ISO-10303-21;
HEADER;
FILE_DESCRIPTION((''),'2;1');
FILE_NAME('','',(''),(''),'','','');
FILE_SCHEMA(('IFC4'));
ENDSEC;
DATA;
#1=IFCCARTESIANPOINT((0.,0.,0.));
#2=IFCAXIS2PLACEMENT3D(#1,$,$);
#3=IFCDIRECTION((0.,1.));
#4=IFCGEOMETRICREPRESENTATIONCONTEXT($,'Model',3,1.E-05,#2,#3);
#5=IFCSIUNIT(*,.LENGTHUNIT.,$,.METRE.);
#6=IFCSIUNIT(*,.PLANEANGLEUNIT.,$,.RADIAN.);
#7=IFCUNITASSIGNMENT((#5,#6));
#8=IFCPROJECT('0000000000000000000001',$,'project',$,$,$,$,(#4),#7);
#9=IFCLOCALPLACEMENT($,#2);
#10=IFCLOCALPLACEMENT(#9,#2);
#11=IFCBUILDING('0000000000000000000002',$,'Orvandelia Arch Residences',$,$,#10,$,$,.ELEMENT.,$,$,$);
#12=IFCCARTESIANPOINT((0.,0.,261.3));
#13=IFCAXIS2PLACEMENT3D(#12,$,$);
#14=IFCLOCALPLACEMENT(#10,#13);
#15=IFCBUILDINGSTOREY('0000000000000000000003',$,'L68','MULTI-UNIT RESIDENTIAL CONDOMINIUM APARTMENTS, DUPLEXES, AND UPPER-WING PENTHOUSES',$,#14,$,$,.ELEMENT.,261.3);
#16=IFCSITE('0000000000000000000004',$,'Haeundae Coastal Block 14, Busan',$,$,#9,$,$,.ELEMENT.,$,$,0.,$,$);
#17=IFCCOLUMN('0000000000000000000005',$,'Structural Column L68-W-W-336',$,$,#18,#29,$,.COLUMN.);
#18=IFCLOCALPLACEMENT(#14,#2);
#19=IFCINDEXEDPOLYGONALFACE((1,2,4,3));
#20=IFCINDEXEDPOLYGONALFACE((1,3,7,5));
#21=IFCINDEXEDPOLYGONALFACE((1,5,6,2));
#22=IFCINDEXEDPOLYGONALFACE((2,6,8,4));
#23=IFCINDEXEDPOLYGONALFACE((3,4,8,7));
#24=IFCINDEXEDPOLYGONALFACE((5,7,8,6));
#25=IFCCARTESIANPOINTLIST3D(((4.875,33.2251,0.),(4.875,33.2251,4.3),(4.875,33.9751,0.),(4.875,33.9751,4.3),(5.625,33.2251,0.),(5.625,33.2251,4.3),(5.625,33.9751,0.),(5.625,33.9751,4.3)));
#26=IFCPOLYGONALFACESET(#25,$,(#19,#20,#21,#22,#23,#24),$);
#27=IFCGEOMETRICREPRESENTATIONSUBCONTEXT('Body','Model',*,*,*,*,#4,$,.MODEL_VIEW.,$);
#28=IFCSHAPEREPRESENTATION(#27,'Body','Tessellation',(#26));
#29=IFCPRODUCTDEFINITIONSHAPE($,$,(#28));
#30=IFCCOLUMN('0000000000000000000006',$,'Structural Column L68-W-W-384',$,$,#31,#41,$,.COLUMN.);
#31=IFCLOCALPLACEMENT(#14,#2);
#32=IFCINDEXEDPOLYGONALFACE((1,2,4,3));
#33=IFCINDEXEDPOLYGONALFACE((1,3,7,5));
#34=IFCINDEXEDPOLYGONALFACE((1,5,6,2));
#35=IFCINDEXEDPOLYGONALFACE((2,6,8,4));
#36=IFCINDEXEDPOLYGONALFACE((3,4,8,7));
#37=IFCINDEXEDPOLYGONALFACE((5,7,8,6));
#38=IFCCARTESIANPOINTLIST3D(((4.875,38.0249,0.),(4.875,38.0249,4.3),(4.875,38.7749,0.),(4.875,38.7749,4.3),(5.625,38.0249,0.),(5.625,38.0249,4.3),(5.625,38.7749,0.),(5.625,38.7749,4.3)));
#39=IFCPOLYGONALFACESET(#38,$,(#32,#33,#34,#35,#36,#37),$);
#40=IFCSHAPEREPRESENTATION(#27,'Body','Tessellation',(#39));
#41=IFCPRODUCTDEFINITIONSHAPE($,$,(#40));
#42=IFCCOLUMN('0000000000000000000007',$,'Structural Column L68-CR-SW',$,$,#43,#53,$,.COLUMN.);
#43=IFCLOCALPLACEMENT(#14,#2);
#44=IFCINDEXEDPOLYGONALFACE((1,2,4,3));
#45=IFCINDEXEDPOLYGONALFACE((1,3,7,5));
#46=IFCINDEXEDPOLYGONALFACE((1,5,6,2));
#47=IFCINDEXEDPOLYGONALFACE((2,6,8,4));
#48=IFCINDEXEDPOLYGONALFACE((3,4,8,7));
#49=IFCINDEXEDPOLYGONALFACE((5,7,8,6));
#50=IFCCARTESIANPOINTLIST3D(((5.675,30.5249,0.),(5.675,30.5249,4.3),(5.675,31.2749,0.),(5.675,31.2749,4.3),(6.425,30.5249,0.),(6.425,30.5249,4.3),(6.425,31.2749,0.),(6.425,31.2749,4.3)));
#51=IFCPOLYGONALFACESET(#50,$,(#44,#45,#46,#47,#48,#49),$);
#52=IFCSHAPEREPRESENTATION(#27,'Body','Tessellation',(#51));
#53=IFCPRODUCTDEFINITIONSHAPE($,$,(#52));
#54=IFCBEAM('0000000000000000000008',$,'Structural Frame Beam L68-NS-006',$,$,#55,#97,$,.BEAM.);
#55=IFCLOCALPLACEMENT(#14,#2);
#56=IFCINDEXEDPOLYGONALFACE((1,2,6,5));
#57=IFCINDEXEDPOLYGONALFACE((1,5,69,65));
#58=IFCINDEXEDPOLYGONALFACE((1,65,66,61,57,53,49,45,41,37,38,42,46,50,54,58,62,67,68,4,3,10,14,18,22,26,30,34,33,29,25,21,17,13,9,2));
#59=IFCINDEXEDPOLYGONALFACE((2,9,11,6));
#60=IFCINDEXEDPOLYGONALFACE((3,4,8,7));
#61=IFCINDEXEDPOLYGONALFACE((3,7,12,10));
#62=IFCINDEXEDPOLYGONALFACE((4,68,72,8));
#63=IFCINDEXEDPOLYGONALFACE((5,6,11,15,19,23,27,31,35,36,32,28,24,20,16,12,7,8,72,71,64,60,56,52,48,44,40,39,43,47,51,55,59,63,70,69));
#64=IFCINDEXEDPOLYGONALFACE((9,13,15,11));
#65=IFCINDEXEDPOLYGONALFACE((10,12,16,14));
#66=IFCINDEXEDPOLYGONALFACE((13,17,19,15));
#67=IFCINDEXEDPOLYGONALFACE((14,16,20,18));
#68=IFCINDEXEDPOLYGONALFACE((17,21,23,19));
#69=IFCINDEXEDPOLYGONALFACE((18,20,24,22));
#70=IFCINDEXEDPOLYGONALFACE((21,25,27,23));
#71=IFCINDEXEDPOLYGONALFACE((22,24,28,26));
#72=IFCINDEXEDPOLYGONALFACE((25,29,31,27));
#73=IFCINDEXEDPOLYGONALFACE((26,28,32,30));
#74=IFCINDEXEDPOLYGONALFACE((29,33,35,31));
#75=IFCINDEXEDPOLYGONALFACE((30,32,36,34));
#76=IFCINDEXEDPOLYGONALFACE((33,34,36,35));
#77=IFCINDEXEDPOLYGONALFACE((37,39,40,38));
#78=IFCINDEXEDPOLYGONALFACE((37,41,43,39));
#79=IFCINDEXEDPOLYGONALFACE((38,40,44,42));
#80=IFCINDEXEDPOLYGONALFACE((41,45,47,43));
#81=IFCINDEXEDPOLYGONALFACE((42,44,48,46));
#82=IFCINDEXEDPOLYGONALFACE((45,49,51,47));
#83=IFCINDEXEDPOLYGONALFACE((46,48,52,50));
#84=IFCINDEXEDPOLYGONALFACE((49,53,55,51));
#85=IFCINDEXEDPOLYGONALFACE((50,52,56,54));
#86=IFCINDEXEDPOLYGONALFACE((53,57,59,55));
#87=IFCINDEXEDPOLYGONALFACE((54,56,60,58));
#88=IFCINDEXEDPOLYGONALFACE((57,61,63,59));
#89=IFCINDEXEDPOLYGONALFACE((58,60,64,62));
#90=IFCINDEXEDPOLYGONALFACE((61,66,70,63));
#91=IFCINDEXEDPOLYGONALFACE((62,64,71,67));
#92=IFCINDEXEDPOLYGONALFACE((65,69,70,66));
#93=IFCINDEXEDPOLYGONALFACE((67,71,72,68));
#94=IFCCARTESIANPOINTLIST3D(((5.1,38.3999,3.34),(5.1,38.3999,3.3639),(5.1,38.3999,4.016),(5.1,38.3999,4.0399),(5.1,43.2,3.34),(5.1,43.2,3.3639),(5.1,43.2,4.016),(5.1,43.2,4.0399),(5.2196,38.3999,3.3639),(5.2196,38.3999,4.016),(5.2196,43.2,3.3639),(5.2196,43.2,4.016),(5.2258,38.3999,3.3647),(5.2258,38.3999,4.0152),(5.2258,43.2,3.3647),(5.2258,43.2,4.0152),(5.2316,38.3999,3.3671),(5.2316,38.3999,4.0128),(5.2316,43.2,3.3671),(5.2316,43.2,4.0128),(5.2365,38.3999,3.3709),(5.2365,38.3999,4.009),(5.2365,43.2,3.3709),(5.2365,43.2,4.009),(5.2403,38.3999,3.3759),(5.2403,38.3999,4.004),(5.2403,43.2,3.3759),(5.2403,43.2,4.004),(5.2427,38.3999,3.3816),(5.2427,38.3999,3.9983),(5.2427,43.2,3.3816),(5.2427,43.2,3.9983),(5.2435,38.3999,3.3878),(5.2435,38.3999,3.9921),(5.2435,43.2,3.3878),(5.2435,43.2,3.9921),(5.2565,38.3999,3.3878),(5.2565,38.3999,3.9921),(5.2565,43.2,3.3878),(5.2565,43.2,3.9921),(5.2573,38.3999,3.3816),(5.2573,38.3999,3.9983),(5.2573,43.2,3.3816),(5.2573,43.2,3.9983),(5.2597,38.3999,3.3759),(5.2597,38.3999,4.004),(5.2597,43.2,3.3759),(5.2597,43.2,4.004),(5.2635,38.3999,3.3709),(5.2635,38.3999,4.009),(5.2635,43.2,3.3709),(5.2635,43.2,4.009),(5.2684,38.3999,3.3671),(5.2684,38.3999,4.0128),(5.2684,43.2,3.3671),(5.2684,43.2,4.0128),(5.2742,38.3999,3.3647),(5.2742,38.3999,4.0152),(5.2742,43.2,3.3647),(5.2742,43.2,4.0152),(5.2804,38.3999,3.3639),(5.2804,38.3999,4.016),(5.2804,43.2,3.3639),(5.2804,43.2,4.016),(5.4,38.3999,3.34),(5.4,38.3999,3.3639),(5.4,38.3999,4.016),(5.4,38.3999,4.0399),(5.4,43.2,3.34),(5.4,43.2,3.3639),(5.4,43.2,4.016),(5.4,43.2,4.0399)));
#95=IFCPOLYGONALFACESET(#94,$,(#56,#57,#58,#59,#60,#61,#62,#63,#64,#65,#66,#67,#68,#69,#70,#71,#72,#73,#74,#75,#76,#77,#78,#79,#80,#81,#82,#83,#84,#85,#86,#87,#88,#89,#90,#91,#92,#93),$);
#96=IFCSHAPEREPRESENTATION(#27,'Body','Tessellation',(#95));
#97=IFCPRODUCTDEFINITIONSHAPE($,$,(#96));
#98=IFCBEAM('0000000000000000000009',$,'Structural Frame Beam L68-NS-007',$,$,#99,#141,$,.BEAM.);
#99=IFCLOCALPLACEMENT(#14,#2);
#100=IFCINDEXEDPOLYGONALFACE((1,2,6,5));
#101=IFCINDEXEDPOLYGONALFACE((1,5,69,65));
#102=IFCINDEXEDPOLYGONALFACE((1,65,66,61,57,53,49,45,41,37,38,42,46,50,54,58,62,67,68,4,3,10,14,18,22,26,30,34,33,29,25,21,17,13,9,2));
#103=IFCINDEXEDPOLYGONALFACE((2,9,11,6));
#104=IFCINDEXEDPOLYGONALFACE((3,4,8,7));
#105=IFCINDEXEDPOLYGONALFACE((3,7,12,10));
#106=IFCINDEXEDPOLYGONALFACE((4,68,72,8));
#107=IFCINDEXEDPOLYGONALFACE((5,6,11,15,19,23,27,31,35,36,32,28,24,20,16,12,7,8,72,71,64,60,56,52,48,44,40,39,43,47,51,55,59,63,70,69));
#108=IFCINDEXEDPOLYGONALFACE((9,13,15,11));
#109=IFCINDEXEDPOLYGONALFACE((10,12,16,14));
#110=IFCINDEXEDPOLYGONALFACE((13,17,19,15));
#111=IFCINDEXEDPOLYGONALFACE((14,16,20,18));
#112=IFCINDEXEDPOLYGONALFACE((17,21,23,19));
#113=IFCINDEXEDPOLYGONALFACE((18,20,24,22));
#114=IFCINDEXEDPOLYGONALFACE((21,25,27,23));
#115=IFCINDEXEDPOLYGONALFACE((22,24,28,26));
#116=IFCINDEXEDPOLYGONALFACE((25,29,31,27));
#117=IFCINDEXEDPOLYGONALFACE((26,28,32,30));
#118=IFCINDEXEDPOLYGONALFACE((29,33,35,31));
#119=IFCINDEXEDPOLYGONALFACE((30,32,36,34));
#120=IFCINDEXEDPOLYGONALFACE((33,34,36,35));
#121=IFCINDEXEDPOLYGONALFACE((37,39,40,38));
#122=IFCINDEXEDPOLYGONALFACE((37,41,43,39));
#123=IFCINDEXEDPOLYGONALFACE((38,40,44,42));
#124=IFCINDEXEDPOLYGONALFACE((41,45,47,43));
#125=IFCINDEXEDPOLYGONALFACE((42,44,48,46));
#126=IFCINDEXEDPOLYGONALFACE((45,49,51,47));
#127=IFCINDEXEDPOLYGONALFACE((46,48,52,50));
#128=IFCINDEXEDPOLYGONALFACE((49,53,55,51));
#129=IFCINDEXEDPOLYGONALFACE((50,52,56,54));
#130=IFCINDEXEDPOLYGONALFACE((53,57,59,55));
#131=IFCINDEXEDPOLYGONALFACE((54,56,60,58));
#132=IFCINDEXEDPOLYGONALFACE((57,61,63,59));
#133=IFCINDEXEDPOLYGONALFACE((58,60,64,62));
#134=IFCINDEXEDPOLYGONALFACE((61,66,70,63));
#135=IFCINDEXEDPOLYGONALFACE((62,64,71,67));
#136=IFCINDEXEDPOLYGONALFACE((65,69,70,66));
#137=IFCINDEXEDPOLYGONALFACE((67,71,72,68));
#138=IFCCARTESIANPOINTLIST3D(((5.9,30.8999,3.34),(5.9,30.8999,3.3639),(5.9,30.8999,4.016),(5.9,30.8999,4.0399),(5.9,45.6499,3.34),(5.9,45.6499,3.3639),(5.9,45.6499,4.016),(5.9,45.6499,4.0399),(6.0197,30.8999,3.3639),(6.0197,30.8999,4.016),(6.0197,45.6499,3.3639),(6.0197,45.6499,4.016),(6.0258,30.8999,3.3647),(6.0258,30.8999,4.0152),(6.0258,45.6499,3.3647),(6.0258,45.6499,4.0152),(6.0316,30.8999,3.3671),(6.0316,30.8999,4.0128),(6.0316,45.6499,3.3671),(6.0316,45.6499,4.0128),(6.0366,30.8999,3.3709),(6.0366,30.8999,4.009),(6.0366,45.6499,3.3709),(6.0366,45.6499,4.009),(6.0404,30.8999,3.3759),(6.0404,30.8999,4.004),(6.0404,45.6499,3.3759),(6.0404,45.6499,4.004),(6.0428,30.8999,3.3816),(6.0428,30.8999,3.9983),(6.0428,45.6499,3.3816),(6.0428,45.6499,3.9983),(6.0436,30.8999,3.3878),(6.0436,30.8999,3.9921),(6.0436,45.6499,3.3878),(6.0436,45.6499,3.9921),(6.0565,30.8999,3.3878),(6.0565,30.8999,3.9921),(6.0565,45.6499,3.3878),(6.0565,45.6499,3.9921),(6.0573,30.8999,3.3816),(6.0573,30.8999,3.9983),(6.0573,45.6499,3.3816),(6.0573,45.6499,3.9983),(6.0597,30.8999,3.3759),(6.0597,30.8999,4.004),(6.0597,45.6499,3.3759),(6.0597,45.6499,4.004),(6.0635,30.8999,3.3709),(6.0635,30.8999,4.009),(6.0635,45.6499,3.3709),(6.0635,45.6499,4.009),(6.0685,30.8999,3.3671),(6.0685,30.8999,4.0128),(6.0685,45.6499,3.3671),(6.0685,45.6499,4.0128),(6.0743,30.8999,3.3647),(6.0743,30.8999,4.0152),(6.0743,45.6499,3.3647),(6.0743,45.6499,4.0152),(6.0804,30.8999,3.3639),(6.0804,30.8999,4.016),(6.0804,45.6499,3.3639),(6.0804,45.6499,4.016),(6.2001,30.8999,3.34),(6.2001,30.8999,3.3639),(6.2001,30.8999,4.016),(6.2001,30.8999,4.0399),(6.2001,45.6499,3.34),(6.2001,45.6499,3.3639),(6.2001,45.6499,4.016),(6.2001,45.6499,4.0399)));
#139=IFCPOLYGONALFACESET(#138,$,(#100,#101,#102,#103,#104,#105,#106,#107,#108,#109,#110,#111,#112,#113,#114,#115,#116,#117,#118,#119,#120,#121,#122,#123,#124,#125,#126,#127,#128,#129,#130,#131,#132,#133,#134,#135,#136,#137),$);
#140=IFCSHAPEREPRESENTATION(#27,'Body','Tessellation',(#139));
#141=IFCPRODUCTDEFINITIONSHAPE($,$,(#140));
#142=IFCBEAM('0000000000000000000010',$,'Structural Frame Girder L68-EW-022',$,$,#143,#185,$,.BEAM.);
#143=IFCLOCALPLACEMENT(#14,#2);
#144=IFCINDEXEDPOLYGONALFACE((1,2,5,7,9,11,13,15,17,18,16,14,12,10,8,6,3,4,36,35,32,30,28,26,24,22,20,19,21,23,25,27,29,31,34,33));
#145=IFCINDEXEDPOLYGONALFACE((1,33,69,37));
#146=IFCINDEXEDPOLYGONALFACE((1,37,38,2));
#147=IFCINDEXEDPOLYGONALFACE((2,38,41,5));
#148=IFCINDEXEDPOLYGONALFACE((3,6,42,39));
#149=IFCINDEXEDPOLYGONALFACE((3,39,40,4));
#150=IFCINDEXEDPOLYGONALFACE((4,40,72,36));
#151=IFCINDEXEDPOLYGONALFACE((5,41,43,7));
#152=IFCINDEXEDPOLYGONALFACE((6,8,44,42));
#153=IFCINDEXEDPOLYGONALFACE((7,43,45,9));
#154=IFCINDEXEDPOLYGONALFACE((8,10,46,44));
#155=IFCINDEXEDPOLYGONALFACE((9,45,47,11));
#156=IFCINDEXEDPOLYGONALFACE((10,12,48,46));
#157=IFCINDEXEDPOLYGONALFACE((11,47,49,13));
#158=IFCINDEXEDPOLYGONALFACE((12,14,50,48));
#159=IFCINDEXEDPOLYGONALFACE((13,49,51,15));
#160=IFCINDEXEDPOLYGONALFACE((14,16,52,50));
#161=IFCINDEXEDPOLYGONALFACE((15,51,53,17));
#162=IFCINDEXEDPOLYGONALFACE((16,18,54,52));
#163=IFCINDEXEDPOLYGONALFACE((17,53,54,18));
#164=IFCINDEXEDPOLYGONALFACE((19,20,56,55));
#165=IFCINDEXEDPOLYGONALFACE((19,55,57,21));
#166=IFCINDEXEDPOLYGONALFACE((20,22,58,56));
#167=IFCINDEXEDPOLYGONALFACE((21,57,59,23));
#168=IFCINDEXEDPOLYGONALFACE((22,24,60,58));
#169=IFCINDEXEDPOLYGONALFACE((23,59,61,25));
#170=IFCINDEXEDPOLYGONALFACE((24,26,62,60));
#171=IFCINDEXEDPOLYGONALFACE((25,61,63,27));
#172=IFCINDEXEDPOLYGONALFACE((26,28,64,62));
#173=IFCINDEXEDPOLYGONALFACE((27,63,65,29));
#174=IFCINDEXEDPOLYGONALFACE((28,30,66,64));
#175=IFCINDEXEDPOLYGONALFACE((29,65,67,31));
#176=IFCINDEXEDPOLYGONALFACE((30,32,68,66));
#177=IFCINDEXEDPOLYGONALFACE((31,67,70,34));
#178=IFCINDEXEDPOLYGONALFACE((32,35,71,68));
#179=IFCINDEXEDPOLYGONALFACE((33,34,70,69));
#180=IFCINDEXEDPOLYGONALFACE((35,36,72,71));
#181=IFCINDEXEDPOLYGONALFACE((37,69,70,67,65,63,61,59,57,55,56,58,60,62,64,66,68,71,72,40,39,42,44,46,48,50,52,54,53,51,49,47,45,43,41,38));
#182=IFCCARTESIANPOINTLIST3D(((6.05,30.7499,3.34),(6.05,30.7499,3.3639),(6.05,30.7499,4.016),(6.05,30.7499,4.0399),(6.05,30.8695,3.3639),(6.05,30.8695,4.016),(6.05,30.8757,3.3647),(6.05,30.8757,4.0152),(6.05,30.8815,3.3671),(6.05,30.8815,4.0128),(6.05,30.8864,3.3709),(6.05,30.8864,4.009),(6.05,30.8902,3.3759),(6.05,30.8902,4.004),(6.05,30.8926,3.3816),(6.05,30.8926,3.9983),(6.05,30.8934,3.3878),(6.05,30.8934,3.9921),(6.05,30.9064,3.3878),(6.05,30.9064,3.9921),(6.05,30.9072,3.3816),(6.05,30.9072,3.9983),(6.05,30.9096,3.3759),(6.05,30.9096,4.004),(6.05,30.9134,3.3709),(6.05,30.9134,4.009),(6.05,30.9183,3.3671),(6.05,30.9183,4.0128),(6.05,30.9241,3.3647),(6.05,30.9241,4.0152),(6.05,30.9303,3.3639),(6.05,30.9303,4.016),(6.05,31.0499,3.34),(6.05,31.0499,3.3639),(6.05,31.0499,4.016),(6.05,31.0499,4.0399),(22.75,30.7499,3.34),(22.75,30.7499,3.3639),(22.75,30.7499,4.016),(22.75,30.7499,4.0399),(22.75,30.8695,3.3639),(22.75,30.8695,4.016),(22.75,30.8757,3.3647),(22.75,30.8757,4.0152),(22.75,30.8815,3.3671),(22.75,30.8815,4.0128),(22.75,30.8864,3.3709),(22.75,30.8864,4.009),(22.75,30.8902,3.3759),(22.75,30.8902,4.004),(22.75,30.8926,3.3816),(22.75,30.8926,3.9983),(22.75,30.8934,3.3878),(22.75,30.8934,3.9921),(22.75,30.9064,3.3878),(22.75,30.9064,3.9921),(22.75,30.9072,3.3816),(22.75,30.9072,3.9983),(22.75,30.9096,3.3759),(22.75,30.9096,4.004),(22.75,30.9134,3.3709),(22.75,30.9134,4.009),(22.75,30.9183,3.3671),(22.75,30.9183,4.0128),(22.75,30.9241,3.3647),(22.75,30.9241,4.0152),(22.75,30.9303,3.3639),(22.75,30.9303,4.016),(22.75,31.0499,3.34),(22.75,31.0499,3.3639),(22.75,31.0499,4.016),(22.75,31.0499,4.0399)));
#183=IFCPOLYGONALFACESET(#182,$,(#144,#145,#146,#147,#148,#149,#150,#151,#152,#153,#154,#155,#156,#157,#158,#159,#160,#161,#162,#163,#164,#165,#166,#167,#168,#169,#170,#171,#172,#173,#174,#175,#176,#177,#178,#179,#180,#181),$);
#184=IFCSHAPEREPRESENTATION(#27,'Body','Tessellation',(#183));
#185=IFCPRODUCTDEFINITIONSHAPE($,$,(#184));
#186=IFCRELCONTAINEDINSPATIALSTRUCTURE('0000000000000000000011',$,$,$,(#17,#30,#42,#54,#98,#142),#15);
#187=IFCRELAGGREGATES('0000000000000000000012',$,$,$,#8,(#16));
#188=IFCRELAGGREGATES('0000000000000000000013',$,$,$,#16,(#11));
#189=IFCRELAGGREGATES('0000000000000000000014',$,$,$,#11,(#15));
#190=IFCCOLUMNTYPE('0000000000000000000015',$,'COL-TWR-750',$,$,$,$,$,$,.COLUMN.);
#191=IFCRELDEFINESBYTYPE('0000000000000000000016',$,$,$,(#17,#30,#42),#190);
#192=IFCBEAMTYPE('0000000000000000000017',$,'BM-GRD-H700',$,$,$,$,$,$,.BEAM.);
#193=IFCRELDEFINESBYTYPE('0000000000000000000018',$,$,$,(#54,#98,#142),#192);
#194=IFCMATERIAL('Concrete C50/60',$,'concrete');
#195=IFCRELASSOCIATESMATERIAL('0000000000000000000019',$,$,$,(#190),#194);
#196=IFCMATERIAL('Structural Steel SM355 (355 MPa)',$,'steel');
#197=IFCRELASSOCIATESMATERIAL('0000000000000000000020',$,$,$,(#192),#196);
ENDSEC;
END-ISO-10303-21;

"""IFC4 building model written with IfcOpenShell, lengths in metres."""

from ifc_helpers import new_model, si_unit, direction, frame, origin, origin_2d, place, context, subcontext, project, spatial, rectangle, i_section, extrude, material, material_profile, profile_set, type_object, element, save


model = new_model("IFC4")

# Units and contexts
model_context = context("Model", 3, precision=1e-05, world=origin(), true_north=direction((0.0, 1.0)))
body_context = subcontext(model_context, "Body", "Model", "MODEL_VIEW")
ifc_project = project(units=[si_unit("LENGTHUNIT", "METRE"), si_unit("PLANEANGLEUNIT", "RADIAN")], contexts=[model_context])

# Site, building, storey
site_placement = place(None, origin())
site = spatial("IfcSite", under=ifc_project, at=site_placement, Name="Haeundae Coastal Block 14, Busan", CompositionType="ELEMENT", RefElevation=0.0)
building_placement = place(site_placement, origin())
building = spatial("IfcBuilding", under=site, at=building_placement, Name="Orvandelia Arch Residences", CompositionType="ELEMENT")
storey_placement = place(building_placement, frame((0.0, 0.0, 261.3)))
storey = spatial("IfcBuildingStorey", under=building, at=storey_placement, Name="L68", Description="MULTI-UNIT RESIDENTIAL CONDOMINIUM APARTMENTS, DUPLEXES, AND UPPER-WING PENTHOUSES", CompositionType="ELEMENT", Elevation=261.3)

# Columns
ifc_material_1 = material(Name="Concrete C50/60", Category="concrete")
ifc_material_profile_1 = material_profile(ifc_material_1, rectangle(XDim=0.75, YDim=0.75, at=origin_2d()), Name="Concrete C50/60", Category="concrete")
ifc_profile_set_1 = profile_set([ifc_material_profile_1], Name="Concrete C50/60")
column_type = type_object("IfcColumnType", Name="COL-TWR-750", PredefinedType="COLUMN", material=ifc_profile_set_1)
for number, where, z_axis, x_axis, name in (
    (1, (5.25, 33.6001, 0.0), (0.0, 0.0, 1.0), (1.0, 0.0, 0.0), "Structural Column L68-W-W-336"),
    (2, (5.25, 38.3999, 0.0), (0.0, 0.0, 1.0), (1.0, 0.0, 0.0), "Structural Column L68-W-W-384"),
    (3, (6.05, 30.8999, 0.0), (0.0, 0.0, 1.0), (1.0, 0.0, 0.0), "Structural Column L68-CR-SW"),
):
    element("IfcColumn", number, at=place(storey_placement, frame(where, z_axis=z_axis, x_axis=x_axis)), inside=storey, type_object=column_type, Name=name, PredefinedType="COLUMN", context=body_context, shape_type="SweptSolid", body=[
        extrude(rectangle(XDim=0.75, YDim=0.75, at=origin_2d()), origin(), (0.0, 0.0, 1.0), 4.3),
    ])

# Beams
ifc_material_2 = material(Name="Structural Steel SM355 (355 MPa)", Category="steel")
ifc_material_profile_2 = material_profile(ifc_material_2, i_section(OverallWidth=0.3, OverallDepth=0.7, WebThickness=0.0129, FlangeThickness=0.0239, FilletRadius=0.0239, at=origin_2d()), Name="Structural Steel SM355 (355 MPa)", Category="steel")
ifc_profile_set_2 = profile_set([ifc_material_profile_2], Name="Structural Steel SM355 (355 MPa)")
beam_type_1 = type_object("IfcBeamType", Name="BM-GRD-H700", PredefinedType="BEAM", material=ifc_profile_set_2)
beam_1_placement = place(storey_placement, frame((5.25, 38.3999, 3.6899), z_axis=(0.0, 1.0, 0.0), x_axis=(-1.0, 0.0, 0.0)))
element("IfcBeam", 4, at=beam_1_placement, inside=storey, type_object=beam_type_1, Name="Structural Frame Beam L68-NS-006", PredefinedType="BEAM", context=body_context, shape_type="SweptSolid", body=[
    extrude(i_section(OverallWidth=0.3, OverallDepth=0.7, WebThickness=0.0129, FlangeThickness=0.0239, FilletRadius=0.0239, at=origin_2d()), origin(), (0.0, 0.0, 1.0), 4.8),
])
beam_2_placement = place(storey_placement, frame((6.05, 30.8999, 3.6899), z_axis=(0.0, 1.0, 0.0), x_axis=(-1.0, 0.0, 0.0)))
element("IfcBeam", 5, at=beam_2_placement, inside=storey, type_object=beam_type_1, Name="Structural Frame Beam L68-NS-007", PredefinedType="BEAM", context=body_context, shape_type="SweptSolid", body=[
    extrude(i_section(OverallWidth=0.3, OverallDepth=0.7, WebThickness=0.0129, FlangeThickness=0.0239, FilletRadius=0.0239, at=origin_2d()), origin(), (0.0, 0.0, 1.0), 14.75),
])
beam_3_placement = place(storey_placement, frame((6.05, 30.8999, 3.6899), z_axis=(1.0, 0.0, 0.0), x_axis=(0.0, 1.0, 0.0)))
element("IfcBeam", 6, at=beam_3_placement, inside=storey, type_object=beam_type_1, Name="Structural Frame Girder L68-EW-022", PredefinedType="BEAM", context=body_context, shape_type="SweptSolid", body=[
    extrude(i_section(OverallWidth=0.3, OverallDepth=0.7, WebThickness=0.0129, FlangeThickness=0.0239, FilletRadius=0.0239, at=origin_2d()), origin(), (0.0, 0.0, 1.0), 16.7),
])

save(model, "model.ifc")
